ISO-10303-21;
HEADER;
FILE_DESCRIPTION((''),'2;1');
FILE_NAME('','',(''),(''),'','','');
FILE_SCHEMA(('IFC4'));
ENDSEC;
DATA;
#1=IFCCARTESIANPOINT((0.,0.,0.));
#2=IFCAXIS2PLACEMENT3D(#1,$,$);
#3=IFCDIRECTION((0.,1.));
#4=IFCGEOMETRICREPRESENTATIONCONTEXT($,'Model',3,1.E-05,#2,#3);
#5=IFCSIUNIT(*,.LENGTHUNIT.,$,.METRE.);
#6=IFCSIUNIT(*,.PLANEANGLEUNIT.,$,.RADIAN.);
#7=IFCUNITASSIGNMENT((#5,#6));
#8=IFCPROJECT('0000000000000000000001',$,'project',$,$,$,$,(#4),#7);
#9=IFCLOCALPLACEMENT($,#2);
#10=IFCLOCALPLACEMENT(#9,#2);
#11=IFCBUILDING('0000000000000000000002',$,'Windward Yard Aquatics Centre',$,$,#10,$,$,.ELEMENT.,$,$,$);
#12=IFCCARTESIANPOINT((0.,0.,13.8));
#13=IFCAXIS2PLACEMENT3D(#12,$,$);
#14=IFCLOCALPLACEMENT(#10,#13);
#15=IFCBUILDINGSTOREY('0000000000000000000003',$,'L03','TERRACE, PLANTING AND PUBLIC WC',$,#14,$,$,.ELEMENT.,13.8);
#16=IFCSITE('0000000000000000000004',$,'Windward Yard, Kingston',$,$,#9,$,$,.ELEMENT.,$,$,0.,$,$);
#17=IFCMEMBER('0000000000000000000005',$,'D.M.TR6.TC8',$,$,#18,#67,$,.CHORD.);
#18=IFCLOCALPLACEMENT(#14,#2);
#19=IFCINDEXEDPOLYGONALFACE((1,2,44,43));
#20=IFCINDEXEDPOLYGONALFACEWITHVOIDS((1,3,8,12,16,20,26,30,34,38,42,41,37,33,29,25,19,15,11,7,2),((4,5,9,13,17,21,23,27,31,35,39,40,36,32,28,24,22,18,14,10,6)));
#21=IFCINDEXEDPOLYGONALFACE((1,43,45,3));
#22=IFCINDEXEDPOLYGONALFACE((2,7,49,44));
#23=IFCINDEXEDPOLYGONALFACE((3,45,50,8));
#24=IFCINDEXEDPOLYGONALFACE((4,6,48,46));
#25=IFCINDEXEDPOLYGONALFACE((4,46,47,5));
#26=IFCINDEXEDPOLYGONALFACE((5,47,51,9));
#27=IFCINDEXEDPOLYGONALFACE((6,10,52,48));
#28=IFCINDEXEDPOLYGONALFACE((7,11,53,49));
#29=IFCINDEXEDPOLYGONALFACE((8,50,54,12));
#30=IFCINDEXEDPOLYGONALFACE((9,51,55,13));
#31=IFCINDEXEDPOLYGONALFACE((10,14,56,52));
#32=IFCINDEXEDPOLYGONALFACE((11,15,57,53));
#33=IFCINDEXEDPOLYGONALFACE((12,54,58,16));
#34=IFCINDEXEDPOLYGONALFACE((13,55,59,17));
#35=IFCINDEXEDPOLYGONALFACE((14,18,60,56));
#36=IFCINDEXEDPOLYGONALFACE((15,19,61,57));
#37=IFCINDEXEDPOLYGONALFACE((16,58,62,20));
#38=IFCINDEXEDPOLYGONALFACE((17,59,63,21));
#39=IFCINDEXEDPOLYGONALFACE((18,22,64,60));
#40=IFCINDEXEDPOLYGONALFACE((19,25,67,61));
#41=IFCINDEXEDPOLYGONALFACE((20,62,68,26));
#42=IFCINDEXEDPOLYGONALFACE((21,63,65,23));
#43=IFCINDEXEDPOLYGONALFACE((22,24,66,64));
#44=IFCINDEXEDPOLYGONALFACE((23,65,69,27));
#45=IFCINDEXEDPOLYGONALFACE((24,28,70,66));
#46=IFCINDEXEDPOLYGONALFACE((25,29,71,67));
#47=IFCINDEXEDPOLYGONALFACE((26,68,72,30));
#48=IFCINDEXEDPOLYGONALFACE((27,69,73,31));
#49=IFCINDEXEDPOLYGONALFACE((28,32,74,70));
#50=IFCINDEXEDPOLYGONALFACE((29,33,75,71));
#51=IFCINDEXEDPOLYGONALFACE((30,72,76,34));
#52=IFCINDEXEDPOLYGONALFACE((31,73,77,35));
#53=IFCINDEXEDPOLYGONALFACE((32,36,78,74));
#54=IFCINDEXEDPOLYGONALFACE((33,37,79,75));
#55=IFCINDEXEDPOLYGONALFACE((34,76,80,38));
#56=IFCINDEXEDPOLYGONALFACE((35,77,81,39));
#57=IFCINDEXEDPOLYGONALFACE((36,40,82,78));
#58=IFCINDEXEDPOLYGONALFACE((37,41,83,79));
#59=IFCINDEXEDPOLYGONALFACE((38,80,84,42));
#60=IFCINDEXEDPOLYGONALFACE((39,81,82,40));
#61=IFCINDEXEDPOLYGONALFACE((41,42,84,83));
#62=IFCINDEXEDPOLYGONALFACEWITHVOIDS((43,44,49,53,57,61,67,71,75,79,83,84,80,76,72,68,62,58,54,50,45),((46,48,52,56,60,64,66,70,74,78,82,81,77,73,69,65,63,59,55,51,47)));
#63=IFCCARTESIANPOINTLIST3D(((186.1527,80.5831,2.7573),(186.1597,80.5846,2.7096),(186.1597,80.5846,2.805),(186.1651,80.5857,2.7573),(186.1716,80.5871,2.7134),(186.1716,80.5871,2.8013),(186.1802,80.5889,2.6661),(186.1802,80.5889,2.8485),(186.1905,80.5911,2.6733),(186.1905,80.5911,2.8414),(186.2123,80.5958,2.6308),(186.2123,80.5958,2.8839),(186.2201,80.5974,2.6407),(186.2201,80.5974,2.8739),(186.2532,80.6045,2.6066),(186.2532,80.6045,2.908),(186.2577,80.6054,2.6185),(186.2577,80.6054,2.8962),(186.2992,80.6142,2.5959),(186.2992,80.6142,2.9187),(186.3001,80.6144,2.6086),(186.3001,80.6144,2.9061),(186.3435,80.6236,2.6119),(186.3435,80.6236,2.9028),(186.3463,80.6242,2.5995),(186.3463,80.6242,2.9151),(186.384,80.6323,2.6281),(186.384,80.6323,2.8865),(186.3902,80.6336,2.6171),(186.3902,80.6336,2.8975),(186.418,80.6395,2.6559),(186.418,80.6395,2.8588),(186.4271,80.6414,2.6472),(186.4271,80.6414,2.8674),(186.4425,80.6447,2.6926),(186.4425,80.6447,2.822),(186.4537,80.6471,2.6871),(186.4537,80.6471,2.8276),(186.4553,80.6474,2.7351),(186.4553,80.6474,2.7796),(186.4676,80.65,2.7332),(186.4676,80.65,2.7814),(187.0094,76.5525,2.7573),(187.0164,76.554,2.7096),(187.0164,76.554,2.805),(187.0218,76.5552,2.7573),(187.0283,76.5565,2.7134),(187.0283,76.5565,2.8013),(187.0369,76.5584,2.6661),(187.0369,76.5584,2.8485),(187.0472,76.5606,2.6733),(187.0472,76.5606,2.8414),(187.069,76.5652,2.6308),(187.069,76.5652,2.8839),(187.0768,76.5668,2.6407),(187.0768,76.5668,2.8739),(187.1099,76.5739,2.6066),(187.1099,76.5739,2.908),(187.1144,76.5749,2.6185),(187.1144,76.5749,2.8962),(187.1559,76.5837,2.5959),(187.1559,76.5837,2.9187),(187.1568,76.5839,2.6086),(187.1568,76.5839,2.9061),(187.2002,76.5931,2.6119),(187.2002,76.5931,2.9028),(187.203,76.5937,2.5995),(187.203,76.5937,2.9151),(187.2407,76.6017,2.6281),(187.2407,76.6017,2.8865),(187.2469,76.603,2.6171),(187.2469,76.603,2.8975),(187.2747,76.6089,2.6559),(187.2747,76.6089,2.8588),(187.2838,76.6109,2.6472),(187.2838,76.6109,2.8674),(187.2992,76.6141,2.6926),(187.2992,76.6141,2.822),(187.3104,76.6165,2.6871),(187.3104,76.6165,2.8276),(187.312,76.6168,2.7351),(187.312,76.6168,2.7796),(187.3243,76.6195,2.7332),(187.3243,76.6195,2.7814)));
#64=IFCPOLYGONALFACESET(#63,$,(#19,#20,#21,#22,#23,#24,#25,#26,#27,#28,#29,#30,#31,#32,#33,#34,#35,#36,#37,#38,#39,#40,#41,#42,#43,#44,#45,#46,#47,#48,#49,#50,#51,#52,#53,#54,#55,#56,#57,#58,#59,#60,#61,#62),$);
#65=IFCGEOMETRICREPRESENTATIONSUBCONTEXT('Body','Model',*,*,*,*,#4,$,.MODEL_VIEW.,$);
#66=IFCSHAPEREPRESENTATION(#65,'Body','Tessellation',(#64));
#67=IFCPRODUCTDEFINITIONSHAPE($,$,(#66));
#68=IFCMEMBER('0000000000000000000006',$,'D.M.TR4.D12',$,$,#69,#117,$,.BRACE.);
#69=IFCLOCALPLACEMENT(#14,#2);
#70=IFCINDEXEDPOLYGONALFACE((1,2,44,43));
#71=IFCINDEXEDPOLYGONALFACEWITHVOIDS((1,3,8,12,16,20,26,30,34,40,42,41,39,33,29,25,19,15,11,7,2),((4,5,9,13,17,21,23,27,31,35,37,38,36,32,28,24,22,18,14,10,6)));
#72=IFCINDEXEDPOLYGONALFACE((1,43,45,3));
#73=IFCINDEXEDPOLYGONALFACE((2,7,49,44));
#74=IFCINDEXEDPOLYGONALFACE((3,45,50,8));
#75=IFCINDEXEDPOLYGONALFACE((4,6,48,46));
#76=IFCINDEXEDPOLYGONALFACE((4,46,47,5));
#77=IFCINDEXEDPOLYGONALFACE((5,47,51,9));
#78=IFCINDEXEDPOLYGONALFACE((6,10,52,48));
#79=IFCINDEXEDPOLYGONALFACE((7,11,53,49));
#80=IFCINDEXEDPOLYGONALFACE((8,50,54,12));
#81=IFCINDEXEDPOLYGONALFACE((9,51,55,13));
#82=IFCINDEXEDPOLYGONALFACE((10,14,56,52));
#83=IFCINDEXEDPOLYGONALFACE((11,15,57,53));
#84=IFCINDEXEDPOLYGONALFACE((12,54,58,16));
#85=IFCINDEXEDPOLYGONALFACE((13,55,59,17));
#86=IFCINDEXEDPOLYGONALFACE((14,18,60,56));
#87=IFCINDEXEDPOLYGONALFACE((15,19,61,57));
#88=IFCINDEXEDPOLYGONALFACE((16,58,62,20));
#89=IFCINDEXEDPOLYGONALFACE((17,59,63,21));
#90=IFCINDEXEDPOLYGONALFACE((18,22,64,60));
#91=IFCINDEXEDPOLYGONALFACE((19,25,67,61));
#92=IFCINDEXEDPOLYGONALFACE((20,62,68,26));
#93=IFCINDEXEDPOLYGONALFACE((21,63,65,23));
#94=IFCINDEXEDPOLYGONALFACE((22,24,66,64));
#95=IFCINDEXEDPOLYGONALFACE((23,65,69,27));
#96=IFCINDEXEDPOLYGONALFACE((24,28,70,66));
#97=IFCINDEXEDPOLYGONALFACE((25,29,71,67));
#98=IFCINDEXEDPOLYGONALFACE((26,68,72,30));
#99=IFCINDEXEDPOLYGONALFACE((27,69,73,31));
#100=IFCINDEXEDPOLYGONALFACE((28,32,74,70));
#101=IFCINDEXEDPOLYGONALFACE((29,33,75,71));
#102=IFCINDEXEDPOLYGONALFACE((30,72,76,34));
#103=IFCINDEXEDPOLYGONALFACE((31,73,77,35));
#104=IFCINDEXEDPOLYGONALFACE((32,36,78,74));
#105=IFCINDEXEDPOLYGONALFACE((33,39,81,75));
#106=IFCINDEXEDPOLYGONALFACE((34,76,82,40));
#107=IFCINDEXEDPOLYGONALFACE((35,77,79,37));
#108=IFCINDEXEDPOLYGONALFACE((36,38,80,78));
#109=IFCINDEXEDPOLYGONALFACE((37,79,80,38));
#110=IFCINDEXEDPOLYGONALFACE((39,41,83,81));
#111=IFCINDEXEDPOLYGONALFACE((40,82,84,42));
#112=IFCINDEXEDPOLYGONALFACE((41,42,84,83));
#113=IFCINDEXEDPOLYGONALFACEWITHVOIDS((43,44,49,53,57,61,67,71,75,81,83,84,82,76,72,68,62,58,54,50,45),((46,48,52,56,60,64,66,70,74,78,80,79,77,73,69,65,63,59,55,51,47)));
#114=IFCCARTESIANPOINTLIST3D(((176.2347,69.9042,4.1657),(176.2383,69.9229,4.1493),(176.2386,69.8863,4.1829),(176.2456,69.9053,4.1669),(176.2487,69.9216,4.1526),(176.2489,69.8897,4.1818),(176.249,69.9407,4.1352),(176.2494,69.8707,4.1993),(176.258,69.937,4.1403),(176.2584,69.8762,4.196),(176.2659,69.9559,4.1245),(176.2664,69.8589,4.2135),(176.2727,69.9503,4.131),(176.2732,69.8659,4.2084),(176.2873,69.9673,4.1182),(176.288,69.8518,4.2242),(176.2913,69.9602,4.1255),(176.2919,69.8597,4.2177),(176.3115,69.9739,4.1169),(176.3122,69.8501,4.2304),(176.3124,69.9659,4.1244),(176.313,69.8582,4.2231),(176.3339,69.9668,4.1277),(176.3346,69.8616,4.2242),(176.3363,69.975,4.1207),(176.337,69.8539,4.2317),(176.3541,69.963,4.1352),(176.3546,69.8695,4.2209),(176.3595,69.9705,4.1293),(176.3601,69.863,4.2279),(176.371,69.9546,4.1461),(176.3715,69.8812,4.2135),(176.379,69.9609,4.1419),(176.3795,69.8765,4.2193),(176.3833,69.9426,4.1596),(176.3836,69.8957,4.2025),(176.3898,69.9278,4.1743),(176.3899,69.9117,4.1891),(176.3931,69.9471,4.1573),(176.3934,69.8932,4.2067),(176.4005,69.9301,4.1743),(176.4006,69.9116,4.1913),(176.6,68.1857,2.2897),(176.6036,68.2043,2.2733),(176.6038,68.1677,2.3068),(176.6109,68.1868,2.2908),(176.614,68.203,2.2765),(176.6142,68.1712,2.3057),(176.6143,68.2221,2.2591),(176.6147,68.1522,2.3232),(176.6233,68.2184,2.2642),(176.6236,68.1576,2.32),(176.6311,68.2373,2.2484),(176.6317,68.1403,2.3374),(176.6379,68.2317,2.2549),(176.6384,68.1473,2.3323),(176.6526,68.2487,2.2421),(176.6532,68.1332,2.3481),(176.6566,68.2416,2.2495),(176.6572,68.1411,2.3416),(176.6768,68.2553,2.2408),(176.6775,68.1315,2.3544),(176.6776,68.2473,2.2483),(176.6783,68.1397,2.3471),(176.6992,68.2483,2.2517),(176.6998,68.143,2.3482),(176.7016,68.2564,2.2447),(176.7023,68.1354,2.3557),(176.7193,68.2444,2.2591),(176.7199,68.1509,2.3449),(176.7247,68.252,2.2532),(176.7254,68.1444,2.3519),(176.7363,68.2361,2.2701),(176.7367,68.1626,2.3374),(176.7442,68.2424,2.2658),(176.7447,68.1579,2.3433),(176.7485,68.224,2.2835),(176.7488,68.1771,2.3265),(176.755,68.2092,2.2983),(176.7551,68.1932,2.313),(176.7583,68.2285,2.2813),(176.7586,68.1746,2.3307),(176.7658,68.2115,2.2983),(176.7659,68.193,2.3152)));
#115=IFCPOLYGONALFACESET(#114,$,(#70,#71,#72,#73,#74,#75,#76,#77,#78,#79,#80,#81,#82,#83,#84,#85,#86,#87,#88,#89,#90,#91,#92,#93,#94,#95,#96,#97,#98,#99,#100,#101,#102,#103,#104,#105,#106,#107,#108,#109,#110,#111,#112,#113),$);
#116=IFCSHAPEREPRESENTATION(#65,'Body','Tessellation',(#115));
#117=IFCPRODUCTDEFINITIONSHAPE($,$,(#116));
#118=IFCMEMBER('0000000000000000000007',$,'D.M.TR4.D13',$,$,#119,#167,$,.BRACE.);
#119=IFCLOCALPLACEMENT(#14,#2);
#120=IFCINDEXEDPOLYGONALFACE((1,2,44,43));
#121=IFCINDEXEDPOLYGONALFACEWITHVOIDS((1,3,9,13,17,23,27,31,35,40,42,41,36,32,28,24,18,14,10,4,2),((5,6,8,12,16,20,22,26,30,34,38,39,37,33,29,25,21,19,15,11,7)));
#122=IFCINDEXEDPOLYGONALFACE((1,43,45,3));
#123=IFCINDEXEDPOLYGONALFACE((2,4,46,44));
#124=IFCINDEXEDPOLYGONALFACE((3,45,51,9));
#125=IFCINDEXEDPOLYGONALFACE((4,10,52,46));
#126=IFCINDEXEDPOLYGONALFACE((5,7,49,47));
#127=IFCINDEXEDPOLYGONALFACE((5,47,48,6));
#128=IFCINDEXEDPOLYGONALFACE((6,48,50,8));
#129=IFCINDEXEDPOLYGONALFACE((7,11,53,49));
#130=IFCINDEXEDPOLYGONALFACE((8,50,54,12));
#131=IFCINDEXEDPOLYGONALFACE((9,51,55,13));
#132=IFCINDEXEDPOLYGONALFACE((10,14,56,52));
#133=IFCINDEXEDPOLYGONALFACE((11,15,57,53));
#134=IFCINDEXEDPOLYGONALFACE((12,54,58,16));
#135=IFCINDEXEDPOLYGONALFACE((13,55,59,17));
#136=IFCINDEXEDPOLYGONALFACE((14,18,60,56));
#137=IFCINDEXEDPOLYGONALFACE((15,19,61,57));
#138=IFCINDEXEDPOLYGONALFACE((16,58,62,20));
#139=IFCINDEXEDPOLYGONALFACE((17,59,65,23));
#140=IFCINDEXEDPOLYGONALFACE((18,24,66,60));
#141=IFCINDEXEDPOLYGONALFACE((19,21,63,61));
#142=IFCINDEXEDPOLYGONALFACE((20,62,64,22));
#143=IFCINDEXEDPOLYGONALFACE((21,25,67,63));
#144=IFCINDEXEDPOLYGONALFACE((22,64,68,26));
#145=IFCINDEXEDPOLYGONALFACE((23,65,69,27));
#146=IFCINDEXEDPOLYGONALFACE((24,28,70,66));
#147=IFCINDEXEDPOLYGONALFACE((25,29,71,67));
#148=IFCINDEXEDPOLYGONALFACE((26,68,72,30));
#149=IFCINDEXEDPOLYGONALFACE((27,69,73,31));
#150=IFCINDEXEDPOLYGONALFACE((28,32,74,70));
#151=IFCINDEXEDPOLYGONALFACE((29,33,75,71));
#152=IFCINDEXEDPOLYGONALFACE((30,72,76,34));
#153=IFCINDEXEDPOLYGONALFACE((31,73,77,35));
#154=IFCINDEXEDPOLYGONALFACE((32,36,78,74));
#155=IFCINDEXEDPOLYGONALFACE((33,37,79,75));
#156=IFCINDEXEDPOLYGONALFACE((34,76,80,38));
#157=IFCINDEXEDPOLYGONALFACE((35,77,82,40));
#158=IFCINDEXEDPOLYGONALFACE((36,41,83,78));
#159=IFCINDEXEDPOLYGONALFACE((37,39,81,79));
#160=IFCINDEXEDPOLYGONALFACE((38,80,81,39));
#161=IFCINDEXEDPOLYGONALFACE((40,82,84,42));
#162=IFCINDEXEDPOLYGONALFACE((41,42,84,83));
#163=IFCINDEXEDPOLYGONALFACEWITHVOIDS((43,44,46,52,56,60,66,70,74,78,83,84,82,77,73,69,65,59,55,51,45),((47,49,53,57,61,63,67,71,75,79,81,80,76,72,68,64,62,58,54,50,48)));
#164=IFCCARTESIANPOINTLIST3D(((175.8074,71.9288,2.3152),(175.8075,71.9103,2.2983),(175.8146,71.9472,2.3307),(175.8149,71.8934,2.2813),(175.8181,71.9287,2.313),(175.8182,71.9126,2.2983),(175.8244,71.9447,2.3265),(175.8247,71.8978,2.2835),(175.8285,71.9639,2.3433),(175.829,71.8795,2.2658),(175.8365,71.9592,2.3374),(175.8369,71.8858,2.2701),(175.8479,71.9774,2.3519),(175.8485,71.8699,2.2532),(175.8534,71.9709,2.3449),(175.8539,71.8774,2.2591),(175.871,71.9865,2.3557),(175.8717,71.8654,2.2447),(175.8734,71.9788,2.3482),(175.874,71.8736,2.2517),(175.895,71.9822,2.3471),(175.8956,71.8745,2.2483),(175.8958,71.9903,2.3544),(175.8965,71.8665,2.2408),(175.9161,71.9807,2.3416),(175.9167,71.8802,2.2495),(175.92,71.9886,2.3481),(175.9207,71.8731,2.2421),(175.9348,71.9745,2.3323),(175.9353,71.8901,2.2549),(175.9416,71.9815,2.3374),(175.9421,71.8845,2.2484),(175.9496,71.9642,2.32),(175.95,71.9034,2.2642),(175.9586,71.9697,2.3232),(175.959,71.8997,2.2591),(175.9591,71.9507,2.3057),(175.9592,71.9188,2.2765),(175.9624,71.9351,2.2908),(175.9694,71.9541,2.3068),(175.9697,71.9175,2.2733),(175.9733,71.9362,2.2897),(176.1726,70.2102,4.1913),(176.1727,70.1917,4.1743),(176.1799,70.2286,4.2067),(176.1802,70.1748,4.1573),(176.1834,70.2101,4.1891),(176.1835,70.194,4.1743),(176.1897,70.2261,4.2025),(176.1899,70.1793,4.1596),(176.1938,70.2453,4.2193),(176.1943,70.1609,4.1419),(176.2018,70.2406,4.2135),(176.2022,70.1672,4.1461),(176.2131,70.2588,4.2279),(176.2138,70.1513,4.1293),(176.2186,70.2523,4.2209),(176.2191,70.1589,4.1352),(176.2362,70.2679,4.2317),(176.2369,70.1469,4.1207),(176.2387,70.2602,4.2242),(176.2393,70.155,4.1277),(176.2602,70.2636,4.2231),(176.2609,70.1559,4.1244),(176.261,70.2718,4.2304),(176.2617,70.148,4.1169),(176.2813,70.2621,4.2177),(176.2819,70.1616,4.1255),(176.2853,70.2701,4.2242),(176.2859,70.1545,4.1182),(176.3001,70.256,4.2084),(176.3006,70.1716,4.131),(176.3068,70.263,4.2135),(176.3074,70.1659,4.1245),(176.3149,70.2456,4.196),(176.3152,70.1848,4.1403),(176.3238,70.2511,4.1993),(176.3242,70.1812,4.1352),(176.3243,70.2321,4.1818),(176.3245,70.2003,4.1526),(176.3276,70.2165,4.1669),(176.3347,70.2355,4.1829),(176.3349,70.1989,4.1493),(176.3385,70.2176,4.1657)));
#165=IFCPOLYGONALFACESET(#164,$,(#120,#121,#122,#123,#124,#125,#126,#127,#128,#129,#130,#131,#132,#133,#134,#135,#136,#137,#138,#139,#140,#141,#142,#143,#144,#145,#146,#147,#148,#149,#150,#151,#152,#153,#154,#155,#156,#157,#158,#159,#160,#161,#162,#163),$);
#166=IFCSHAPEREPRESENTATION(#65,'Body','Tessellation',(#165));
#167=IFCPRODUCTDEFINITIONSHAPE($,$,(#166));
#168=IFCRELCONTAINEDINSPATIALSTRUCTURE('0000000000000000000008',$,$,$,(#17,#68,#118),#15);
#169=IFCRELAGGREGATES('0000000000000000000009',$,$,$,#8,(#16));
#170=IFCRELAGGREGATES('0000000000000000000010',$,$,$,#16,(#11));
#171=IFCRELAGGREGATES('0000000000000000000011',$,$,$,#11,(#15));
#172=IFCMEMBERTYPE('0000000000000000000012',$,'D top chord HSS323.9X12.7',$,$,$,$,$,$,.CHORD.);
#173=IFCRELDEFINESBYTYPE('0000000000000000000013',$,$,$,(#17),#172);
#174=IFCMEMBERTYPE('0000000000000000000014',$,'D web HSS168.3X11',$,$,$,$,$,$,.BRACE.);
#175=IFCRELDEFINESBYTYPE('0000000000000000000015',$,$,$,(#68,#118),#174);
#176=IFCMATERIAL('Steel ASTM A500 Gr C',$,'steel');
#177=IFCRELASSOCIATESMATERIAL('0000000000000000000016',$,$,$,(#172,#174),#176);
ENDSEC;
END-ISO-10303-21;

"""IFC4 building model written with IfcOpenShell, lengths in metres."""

from ifc_helpers import new_model, si_unit, direction, frame, origin, origin_2d, place, context, subcontext, project, spatial, hollow_circle, extrude, material, material_profile, profile_set, type_object, element, save


model = new_model("IFC4")

# Units and contexts
model_context = context("Model", 3, precision=1e-05, world=origin(), true_north=direction((0.0, 1.0)))
body_context = subcontext(model_context, "Body", "Model", "MODEL_VIEW")
ifc_project = project(units=[si_unit("LENGTHUNIT", "METRE"), si_unit("PLANEANGLEUNIT", "RADIAN")], contexts=[model_context])

# Site, building, storey
site_placement = place(None, origin())
site = spatial("IfcSite", under=ifc_project, at=site_placement, Name="Windward Yard, Kingston", CompositionType="ELEMENT", RefElevation=0.0)
building_placement = place(site_placement, origin())
building = spatial("IfcBuilding", under=site, at=building_placement, Name="Windward Yard Aquatics Centre", CompositionType="ELEMENT")
storey_placement = place(building_placement, frame((0.0, 0.0, 13.8)))
storey = spatial("IfcBuildingStorey", under=building, at=storey_placement, Name="L03", Description="TERRACE, PLANTING AND PUBLIC WC", CompositionType="ELEMENT", Elevation=13.8)

# Members
ifc_material_1 = material(Name="Steel ASTM A500 Gr C", Category="steel")
ifc_material_profile_1 = material_profile(ifc_material_1, hollow_circle(Radius=0.1619, WallThickness=0.0127, at=origin_2d()), Name="HSS323.9X12.7")
ifc_profile_set_1 = profile_set([ifc_material_profile_1], Name="Steel ASTM A500 Gr C")
member_type_1 = type_object("IfcMemberType", Name="D top chord HSS323.9X12.7", PredefinedType="CHORD", material=ifc_profile_set_1)
for number, where, z_axis, x_axis, name in (
    (1, (187.1677, 76.5862, 2.7573), (-0.207906, 0.978149, 0.0), (-0.978149, -0.207906, 0.0), "D.M.TR6.TC8"),
):
    element("IfcMember", number, at=place(storey_placement, frame(where, z_axis=z_axis, x_axis=x_axis)), inside=storey, type_object=member_type_1, Name=name, PredefinedType="CHORD", context=body_context, shape_type="SweptSolid", body=[
        extrude(hollow_circle(Radius=0.1619, WallThickness=0.0127, at=origin_2d()), origin(), (0.0, 0.0, 1.0), 4.1206),
    ])
ifc_material_profile_2 = material_profile(ifc_material_1, hollow_circle(Radius=0.0842, WallThickness=0.011, at=origin_2d()), Name="HSS168.3X11")
ifc_profile_set_2 = profile_set([ifc_material_profile_2], Name="Steel ASTM A500 Gr C")
member_type_2 = type_object("IfcMemberType", Name="D web HSS168.3X11", PredefinedType="BRACE", material=ifc_profile_set_2)
for number, where, z_axis, x_axis, name in (
    (2, (176.3181, 69.9126, 4.1743), (0.142103, -0.668626, -0.729894), (0.978153, 0.207887, 0.0), "D.M.TR4.D12"),
    (3, (176.2551, 70.2092, 4.1743), (-0.142103, 0.668626, -0.729894), (-0.978153, -0.207887, 0.0), "D.M.TR4.D13"),
):
    element("IfcMember", number, at=place(storey_placement, frame(where, z_axis=z_axis, x_axis=x_axis)), inside=storey, type_object=member_type_2, Name=name, PredefinedType="BRACE", context=body_context, shape_type="SweptSolid", body=[
        extrude(hollow_circle(Radius=0.0842, WallThickness=0.011, at=origin_2d()), origin(), (0.0, 0.0, 1.0), 2.5703),
    ])

save(model, "model.ifc")
